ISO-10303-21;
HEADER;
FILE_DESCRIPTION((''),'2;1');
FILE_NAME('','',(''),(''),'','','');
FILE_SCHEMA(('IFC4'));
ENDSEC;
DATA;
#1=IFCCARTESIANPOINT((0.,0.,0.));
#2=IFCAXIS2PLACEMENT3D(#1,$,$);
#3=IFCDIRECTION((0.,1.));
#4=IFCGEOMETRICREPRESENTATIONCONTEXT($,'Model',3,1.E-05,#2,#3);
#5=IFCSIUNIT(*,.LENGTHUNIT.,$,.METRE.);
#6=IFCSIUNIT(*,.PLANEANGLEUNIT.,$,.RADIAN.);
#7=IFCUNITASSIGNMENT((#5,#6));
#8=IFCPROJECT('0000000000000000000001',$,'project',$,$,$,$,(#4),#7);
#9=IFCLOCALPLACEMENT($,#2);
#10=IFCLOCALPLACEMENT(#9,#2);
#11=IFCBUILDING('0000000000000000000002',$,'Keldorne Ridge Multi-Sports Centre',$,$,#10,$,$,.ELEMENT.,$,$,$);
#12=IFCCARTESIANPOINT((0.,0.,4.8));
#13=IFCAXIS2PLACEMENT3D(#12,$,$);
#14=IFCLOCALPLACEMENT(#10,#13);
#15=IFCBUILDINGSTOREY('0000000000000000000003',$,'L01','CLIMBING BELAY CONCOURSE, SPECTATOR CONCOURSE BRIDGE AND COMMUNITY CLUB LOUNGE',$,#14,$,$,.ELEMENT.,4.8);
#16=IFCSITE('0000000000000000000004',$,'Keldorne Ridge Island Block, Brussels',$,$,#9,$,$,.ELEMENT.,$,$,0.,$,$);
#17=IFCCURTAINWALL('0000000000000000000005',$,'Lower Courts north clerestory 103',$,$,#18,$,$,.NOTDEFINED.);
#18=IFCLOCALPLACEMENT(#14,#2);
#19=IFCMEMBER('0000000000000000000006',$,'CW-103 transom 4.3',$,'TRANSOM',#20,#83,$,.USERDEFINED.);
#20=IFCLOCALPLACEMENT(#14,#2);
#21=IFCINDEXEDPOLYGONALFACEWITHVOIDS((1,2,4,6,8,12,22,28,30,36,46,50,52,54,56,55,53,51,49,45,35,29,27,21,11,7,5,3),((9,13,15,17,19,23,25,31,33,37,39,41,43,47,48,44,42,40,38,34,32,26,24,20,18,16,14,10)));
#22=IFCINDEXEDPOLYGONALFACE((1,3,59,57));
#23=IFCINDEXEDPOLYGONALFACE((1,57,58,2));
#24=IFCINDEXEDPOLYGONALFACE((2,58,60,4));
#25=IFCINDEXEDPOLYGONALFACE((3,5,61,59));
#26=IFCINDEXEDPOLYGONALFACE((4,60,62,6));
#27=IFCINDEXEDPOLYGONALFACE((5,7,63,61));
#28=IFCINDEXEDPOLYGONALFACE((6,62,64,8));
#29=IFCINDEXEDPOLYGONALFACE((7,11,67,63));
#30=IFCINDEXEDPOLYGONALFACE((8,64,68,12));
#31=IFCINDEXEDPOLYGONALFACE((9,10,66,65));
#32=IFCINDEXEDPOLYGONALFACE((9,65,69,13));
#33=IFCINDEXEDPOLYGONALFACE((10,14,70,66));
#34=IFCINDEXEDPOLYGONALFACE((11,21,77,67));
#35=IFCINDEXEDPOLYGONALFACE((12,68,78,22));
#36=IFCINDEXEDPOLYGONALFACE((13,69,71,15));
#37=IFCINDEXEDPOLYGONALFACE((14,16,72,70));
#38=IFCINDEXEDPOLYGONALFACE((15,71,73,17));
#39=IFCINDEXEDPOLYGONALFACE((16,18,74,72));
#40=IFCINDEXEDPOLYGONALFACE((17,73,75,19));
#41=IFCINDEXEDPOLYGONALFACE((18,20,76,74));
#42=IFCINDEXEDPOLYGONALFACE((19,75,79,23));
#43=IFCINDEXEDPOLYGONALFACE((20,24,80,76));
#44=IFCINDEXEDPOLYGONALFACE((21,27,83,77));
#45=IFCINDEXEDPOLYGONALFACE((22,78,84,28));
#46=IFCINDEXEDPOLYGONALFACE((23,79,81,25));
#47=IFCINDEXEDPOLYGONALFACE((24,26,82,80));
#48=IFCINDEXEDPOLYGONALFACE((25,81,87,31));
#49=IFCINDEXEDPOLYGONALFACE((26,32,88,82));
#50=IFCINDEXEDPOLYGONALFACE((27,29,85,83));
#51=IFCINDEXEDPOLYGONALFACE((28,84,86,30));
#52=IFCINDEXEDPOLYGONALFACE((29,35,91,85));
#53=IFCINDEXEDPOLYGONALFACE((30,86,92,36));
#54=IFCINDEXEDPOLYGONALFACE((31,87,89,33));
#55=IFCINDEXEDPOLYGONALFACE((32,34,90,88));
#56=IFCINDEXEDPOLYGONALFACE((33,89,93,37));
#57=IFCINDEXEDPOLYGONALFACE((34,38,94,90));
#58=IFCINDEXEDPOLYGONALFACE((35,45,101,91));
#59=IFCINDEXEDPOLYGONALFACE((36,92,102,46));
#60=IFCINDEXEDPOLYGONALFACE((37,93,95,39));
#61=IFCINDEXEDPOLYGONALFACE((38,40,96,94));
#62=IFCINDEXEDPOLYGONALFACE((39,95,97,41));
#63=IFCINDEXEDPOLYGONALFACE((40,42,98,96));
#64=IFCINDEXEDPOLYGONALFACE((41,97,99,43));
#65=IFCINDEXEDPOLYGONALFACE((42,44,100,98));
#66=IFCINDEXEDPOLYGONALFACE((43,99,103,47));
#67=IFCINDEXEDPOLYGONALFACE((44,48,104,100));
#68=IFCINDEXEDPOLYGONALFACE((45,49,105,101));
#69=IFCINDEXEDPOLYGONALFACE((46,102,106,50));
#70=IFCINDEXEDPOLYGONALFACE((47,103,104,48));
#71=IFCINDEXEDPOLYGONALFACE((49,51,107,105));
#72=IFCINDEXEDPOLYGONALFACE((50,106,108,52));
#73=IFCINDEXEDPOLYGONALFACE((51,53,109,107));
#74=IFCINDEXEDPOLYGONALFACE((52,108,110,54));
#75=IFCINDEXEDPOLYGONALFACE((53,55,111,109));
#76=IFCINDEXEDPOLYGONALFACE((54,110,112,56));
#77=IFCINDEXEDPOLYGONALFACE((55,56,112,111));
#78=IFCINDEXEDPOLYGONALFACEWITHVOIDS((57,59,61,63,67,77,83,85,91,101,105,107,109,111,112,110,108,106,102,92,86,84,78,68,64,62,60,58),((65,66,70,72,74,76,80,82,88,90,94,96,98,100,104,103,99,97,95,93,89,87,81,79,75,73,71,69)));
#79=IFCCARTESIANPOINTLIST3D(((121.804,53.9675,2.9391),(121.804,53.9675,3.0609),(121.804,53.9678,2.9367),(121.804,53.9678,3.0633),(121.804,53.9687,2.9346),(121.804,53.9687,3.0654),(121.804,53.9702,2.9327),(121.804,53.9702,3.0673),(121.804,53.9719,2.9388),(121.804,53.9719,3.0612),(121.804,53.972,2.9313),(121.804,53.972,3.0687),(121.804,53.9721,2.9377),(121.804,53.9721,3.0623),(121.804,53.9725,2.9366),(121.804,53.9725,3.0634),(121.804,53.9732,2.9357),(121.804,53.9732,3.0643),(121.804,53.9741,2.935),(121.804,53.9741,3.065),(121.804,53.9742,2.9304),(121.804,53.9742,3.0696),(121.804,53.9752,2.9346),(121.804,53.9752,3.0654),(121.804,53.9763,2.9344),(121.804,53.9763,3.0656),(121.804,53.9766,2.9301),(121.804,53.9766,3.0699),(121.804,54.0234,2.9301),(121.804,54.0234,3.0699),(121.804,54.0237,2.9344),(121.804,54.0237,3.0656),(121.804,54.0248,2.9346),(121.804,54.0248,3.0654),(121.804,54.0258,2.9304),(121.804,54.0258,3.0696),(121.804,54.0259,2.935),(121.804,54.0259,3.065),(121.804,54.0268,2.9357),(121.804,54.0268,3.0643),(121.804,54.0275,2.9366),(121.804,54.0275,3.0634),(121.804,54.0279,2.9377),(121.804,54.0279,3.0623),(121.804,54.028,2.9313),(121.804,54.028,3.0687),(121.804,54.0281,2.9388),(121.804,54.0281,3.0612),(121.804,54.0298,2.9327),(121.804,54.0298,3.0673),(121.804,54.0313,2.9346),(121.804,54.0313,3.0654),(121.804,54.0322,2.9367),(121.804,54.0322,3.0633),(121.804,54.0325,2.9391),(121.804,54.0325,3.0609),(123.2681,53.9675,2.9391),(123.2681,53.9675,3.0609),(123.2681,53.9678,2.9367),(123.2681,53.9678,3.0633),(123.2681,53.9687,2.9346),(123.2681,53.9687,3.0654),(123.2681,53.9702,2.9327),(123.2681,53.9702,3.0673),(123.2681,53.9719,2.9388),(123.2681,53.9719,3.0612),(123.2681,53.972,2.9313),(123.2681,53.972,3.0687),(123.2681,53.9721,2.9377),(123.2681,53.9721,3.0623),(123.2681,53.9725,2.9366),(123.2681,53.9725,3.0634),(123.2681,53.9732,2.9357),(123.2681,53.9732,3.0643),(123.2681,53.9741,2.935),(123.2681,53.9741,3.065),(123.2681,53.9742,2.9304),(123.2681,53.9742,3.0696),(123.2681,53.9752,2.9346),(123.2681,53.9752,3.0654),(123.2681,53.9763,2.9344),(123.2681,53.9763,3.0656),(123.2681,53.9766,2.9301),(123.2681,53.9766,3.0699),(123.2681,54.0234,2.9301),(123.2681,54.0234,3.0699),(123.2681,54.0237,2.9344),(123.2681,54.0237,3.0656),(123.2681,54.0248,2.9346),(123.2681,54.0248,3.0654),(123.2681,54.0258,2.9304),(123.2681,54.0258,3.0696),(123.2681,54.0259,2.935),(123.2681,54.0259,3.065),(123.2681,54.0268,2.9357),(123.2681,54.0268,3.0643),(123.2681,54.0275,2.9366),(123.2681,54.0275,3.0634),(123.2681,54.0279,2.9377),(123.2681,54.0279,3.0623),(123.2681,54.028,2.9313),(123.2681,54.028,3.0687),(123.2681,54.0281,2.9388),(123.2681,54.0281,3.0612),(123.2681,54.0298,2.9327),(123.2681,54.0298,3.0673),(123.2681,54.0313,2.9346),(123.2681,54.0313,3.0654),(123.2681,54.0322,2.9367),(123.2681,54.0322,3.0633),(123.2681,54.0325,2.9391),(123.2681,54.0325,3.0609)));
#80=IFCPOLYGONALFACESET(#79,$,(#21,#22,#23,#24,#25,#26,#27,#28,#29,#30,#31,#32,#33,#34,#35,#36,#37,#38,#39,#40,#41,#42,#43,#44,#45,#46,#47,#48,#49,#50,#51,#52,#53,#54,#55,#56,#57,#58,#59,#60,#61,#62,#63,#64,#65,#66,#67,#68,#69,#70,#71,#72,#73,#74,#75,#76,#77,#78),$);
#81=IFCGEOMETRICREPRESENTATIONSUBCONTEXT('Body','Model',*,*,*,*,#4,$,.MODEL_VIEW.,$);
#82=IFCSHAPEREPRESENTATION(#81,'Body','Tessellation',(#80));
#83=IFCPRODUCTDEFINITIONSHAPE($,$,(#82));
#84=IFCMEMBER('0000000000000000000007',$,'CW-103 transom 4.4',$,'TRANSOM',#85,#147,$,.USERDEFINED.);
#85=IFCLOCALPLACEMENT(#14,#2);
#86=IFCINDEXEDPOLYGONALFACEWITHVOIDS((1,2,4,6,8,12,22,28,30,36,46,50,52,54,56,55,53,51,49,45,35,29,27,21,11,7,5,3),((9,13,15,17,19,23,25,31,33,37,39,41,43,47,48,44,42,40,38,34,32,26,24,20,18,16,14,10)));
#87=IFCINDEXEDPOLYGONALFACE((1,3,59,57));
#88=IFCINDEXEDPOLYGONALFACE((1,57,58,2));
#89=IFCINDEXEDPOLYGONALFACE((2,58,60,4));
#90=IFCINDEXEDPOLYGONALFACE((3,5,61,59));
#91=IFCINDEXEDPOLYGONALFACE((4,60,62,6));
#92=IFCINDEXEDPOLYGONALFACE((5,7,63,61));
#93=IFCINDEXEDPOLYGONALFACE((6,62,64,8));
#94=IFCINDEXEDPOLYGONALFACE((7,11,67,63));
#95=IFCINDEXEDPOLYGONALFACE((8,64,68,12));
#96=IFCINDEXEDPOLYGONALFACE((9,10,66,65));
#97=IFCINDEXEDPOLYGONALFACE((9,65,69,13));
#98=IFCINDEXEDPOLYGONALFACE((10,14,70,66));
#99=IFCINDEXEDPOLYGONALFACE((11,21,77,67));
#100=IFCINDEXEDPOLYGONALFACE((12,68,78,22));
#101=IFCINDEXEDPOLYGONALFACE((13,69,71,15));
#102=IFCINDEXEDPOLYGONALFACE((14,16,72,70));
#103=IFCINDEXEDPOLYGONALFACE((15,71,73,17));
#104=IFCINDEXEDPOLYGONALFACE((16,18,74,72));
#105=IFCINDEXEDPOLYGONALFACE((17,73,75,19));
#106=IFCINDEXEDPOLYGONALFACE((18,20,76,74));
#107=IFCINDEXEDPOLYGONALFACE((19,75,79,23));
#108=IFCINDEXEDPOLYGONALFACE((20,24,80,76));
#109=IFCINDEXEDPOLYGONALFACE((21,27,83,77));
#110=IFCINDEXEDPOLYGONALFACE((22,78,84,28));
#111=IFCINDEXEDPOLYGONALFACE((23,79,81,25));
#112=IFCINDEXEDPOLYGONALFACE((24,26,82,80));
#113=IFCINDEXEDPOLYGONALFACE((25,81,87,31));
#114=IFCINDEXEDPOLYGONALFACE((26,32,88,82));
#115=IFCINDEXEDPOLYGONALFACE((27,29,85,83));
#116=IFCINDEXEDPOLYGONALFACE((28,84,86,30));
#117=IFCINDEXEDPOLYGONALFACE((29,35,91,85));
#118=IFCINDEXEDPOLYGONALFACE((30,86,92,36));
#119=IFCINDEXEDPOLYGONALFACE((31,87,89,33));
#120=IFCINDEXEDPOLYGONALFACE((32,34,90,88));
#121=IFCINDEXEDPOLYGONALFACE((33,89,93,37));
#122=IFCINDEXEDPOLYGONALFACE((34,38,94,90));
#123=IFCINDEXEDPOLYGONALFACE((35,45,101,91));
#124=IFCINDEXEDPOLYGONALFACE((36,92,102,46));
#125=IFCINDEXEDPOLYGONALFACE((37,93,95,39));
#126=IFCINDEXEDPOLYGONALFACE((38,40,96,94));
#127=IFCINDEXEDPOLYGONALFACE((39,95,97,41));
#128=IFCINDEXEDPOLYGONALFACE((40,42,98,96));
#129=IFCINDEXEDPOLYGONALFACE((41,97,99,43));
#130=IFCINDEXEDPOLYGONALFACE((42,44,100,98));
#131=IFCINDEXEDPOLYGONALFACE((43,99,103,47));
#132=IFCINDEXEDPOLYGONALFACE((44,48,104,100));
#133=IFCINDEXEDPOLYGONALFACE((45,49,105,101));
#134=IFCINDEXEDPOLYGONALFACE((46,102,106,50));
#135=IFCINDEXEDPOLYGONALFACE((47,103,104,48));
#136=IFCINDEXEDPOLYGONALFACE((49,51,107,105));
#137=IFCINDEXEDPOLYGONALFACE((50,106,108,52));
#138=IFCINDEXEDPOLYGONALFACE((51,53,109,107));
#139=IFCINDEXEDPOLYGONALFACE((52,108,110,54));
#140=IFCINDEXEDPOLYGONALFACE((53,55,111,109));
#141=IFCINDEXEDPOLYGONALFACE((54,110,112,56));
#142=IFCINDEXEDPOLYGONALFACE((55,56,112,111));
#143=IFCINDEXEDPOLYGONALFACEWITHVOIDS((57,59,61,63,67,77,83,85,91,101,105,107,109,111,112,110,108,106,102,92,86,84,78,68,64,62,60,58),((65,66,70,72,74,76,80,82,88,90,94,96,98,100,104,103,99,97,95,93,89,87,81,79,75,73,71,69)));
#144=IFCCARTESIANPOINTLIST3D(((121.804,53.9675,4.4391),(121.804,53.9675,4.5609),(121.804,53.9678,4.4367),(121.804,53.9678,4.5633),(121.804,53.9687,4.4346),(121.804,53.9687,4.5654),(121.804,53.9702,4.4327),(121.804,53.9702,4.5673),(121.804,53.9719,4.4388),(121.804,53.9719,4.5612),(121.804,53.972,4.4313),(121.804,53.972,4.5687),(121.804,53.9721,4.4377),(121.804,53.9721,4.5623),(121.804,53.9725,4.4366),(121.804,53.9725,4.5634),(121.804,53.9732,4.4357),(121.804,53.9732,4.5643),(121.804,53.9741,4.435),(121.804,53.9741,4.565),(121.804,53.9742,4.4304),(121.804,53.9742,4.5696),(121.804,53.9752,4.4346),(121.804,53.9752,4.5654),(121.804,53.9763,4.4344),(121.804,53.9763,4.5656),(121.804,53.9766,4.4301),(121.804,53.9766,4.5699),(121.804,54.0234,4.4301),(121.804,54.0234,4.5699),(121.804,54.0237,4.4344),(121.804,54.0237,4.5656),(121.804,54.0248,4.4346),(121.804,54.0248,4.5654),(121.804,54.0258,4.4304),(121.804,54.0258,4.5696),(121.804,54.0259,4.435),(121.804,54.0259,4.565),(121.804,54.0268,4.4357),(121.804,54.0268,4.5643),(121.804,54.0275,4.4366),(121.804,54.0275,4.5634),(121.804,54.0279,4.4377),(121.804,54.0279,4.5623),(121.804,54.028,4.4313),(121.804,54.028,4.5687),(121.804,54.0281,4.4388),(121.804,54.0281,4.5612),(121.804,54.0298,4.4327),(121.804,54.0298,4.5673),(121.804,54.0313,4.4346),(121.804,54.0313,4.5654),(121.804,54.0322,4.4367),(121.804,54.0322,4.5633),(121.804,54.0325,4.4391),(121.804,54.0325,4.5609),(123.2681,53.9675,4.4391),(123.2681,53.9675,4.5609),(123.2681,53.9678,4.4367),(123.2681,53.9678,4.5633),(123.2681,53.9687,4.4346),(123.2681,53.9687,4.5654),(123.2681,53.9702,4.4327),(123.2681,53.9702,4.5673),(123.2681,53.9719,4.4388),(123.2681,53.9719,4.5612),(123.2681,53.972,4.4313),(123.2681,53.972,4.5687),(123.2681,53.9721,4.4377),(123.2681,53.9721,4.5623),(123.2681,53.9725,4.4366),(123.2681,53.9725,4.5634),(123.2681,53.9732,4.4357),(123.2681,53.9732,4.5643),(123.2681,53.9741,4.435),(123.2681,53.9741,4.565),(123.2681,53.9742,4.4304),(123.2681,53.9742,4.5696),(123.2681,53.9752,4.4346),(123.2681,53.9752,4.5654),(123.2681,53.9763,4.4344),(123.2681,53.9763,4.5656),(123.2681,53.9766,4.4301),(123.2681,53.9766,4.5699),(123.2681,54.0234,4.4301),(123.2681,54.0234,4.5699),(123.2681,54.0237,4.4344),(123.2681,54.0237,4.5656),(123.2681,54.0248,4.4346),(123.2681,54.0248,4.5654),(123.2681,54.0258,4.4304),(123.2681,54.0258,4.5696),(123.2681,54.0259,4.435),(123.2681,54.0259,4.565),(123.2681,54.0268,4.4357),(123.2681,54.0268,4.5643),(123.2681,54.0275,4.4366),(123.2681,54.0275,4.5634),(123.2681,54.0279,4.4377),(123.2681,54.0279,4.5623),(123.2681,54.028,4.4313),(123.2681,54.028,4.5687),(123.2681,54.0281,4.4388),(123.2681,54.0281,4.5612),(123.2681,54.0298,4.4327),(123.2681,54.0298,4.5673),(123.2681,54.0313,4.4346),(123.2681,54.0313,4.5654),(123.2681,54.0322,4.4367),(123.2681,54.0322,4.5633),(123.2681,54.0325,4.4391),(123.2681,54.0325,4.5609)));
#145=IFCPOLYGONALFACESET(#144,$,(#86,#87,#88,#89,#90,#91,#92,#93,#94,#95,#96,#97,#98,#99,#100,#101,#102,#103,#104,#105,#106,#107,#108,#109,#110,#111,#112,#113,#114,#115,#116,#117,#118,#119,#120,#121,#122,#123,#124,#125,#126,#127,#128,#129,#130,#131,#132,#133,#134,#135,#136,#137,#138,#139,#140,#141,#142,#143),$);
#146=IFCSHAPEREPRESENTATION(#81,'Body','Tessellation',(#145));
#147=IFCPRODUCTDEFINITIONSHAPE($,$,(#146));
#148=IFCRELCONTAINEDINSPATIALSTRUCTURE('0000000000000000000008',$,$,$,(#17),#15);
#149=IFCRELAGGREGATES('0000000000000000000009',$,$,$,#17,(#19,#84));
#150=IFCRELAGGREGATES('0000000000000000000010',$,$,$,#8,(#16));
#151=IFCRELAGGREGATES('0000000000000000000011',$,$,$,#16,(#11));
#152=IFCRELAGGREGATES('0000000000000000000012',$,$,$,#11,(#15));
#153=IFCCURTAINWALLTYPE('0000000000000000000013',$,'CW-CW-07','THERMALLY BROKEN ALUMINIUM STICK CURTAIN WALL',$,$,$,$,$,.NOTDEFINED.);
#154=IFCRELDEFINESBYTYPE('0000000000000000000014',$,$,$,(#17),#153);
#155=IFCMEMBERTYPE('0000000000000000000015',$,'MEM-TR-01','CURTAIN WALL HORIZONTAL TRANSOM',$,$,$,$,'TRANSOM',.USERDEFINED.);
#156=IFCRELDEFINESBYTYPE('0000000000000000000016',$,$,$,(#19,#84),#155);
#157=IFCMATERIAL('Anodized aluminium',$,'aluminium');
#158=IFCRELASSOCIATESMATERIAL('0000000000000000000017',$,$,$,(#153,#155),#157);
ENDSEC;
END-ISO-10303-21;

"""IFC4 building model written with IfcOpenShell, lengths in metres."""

from ifc_helpers import new_model, si_unit, direction, frame, origin, origin_2d, place, context, subcontext, project, spatial, hollow_rectangle, extrude, material, material_profile, profile_set, type_object, element, aggregate, save


model = new_model("IFC4")

# Units and contexts
model_context = context("Model", 3, precision=1e-05, world=origin(), true_north=direction((0.0, 1.0)))
body_context = subcontext(model_context, "Body", "Model", "MODEL_VIEW")
ifc_project = project(units=[si_unit("LENGTHUNIT", "METRE"), si_unit("PLANEANGLEUNIT", "RADIAN")], contexts=[model_context])

# Site, building, storey
site_placement = place(None, origin())
site = spatial("IfcSite", under=ifc_project, at=site_placement, Name="Keldorne Ridge Island Block, Brussels", CompositionType="ELEMENT", RefElevation=0.0)
building_placement = place(site_placement, origin())
building = spatial("IfcBuilding", under=site, at=building_placement, Name="Keldorne Ridge Multi-Sports Centre", CompositionType="ELEMENT")
storey_placement = place(building_placement, frame((0.0, 0.0, 4.8)))
storey = spatial("IfcBuildingStorey", under=building, at=storey_placement, Name="L01", Description="CLIMBING BELAY CONCOURSE, SPECTATOR CONCOURSE BRIDGE AND COMMUNITY CLUB LOUNGE", CompositionType="ELEMENT", Elevation=4.8)

# Curtain wall, members
ifc_material_1 = material(Name="Anodized aluminium", Category="aluminium")
curtain_wall_type = type_object("IfcCurtainWallType", Name="CW-CW-07", Description="THERMALLY BROKEN ALUMINIUM STICK CURTAIN WALL", PredefinedType="NOTDEFINED", material=ifc_material_1)
curtain_wall_placement = place(storey_placement, origin())
curtain_wall = element("IfcCurtainWall", 1, at=curtain_wall_placement, inside=storey, type_object=curtain_wall_type, Name="Lower Courts north clerestory 103", PredefinedType="NOTDEFINED")
ifc_material_profile_1 = material_profile(ifc_material_1, hollow_rectangle(XDim=0.0649, YDim=0.1399, WallThickness=0.0044, InnerFilletRadius=0.0044, OuterFilletRadius=0.009, at=origin_2d()), Name="ALU TRANSOM 140x65x4.5")
ifc_profile_set_1 = profile_set([ifc_material_profile_1], Name="Anodized aluminium")
member_type_1 = type_object("IfcMemberType", Name="MEM-TR-01", Description="CURTAIN WALL HORIZONTAL TRANSOM", ElementType="TRANSOM", PredefinedType="USERDEFINED", material=ifc_profile_set_1)
member_1_placement = place(storey_placement, frame((123.2681, 54.0, 3.0), z_axis=(-1.0, 0.0, 0.0), x_axis=(0.0, -1.0, 0.0)))
member_1 = element("IfcMember", 2, at=member_1_placement, type_object=member_type_1, Name="CW-103 transom 4.3", ObjectType="TRANSOM", PredefinedType="USERDEFINED", context=body_context, shape_type="SweptSolid", body=[
    extrude(hollow_rectangle(XDim=0.0649, YDim=0.1399, WallThickness=0.0044, InnerFilletRadius=0.0044, OuterFilletRadius=0.009, at=origin_2d()), origin(), (0.0, 0.0, 1.0), 1.4641),
])
member_2_placement = place(storey_placement, frame((123.2681, 54.0, 4.5), z_axis=(-1.0, 0.0, 0.0), x_axis=(0.0, -1.0, 0.0)))
member_2 = element("IfcMember", 3, at=member_2_placement, type_object=member_type_1, Name="CW-103 transom 4.4", ObjectType="TRANSOM", PredefinedType="USERDEFINED", context=body_context, shape_type="SweptSolid", body=[
    extrude(hollow_rectangle(XDim=0.0649, YDim=0.1399, WallThickness=0.0044, InnerFilletRadius=0.0044, OuterFilletRadius=0.009, at=origin_2d()), origin(), (0.0, 0.0, 1.0), 1.4641),
])
aggregate(curtain_wall, [member_1, member_2])

save(model, "model.ifc")
